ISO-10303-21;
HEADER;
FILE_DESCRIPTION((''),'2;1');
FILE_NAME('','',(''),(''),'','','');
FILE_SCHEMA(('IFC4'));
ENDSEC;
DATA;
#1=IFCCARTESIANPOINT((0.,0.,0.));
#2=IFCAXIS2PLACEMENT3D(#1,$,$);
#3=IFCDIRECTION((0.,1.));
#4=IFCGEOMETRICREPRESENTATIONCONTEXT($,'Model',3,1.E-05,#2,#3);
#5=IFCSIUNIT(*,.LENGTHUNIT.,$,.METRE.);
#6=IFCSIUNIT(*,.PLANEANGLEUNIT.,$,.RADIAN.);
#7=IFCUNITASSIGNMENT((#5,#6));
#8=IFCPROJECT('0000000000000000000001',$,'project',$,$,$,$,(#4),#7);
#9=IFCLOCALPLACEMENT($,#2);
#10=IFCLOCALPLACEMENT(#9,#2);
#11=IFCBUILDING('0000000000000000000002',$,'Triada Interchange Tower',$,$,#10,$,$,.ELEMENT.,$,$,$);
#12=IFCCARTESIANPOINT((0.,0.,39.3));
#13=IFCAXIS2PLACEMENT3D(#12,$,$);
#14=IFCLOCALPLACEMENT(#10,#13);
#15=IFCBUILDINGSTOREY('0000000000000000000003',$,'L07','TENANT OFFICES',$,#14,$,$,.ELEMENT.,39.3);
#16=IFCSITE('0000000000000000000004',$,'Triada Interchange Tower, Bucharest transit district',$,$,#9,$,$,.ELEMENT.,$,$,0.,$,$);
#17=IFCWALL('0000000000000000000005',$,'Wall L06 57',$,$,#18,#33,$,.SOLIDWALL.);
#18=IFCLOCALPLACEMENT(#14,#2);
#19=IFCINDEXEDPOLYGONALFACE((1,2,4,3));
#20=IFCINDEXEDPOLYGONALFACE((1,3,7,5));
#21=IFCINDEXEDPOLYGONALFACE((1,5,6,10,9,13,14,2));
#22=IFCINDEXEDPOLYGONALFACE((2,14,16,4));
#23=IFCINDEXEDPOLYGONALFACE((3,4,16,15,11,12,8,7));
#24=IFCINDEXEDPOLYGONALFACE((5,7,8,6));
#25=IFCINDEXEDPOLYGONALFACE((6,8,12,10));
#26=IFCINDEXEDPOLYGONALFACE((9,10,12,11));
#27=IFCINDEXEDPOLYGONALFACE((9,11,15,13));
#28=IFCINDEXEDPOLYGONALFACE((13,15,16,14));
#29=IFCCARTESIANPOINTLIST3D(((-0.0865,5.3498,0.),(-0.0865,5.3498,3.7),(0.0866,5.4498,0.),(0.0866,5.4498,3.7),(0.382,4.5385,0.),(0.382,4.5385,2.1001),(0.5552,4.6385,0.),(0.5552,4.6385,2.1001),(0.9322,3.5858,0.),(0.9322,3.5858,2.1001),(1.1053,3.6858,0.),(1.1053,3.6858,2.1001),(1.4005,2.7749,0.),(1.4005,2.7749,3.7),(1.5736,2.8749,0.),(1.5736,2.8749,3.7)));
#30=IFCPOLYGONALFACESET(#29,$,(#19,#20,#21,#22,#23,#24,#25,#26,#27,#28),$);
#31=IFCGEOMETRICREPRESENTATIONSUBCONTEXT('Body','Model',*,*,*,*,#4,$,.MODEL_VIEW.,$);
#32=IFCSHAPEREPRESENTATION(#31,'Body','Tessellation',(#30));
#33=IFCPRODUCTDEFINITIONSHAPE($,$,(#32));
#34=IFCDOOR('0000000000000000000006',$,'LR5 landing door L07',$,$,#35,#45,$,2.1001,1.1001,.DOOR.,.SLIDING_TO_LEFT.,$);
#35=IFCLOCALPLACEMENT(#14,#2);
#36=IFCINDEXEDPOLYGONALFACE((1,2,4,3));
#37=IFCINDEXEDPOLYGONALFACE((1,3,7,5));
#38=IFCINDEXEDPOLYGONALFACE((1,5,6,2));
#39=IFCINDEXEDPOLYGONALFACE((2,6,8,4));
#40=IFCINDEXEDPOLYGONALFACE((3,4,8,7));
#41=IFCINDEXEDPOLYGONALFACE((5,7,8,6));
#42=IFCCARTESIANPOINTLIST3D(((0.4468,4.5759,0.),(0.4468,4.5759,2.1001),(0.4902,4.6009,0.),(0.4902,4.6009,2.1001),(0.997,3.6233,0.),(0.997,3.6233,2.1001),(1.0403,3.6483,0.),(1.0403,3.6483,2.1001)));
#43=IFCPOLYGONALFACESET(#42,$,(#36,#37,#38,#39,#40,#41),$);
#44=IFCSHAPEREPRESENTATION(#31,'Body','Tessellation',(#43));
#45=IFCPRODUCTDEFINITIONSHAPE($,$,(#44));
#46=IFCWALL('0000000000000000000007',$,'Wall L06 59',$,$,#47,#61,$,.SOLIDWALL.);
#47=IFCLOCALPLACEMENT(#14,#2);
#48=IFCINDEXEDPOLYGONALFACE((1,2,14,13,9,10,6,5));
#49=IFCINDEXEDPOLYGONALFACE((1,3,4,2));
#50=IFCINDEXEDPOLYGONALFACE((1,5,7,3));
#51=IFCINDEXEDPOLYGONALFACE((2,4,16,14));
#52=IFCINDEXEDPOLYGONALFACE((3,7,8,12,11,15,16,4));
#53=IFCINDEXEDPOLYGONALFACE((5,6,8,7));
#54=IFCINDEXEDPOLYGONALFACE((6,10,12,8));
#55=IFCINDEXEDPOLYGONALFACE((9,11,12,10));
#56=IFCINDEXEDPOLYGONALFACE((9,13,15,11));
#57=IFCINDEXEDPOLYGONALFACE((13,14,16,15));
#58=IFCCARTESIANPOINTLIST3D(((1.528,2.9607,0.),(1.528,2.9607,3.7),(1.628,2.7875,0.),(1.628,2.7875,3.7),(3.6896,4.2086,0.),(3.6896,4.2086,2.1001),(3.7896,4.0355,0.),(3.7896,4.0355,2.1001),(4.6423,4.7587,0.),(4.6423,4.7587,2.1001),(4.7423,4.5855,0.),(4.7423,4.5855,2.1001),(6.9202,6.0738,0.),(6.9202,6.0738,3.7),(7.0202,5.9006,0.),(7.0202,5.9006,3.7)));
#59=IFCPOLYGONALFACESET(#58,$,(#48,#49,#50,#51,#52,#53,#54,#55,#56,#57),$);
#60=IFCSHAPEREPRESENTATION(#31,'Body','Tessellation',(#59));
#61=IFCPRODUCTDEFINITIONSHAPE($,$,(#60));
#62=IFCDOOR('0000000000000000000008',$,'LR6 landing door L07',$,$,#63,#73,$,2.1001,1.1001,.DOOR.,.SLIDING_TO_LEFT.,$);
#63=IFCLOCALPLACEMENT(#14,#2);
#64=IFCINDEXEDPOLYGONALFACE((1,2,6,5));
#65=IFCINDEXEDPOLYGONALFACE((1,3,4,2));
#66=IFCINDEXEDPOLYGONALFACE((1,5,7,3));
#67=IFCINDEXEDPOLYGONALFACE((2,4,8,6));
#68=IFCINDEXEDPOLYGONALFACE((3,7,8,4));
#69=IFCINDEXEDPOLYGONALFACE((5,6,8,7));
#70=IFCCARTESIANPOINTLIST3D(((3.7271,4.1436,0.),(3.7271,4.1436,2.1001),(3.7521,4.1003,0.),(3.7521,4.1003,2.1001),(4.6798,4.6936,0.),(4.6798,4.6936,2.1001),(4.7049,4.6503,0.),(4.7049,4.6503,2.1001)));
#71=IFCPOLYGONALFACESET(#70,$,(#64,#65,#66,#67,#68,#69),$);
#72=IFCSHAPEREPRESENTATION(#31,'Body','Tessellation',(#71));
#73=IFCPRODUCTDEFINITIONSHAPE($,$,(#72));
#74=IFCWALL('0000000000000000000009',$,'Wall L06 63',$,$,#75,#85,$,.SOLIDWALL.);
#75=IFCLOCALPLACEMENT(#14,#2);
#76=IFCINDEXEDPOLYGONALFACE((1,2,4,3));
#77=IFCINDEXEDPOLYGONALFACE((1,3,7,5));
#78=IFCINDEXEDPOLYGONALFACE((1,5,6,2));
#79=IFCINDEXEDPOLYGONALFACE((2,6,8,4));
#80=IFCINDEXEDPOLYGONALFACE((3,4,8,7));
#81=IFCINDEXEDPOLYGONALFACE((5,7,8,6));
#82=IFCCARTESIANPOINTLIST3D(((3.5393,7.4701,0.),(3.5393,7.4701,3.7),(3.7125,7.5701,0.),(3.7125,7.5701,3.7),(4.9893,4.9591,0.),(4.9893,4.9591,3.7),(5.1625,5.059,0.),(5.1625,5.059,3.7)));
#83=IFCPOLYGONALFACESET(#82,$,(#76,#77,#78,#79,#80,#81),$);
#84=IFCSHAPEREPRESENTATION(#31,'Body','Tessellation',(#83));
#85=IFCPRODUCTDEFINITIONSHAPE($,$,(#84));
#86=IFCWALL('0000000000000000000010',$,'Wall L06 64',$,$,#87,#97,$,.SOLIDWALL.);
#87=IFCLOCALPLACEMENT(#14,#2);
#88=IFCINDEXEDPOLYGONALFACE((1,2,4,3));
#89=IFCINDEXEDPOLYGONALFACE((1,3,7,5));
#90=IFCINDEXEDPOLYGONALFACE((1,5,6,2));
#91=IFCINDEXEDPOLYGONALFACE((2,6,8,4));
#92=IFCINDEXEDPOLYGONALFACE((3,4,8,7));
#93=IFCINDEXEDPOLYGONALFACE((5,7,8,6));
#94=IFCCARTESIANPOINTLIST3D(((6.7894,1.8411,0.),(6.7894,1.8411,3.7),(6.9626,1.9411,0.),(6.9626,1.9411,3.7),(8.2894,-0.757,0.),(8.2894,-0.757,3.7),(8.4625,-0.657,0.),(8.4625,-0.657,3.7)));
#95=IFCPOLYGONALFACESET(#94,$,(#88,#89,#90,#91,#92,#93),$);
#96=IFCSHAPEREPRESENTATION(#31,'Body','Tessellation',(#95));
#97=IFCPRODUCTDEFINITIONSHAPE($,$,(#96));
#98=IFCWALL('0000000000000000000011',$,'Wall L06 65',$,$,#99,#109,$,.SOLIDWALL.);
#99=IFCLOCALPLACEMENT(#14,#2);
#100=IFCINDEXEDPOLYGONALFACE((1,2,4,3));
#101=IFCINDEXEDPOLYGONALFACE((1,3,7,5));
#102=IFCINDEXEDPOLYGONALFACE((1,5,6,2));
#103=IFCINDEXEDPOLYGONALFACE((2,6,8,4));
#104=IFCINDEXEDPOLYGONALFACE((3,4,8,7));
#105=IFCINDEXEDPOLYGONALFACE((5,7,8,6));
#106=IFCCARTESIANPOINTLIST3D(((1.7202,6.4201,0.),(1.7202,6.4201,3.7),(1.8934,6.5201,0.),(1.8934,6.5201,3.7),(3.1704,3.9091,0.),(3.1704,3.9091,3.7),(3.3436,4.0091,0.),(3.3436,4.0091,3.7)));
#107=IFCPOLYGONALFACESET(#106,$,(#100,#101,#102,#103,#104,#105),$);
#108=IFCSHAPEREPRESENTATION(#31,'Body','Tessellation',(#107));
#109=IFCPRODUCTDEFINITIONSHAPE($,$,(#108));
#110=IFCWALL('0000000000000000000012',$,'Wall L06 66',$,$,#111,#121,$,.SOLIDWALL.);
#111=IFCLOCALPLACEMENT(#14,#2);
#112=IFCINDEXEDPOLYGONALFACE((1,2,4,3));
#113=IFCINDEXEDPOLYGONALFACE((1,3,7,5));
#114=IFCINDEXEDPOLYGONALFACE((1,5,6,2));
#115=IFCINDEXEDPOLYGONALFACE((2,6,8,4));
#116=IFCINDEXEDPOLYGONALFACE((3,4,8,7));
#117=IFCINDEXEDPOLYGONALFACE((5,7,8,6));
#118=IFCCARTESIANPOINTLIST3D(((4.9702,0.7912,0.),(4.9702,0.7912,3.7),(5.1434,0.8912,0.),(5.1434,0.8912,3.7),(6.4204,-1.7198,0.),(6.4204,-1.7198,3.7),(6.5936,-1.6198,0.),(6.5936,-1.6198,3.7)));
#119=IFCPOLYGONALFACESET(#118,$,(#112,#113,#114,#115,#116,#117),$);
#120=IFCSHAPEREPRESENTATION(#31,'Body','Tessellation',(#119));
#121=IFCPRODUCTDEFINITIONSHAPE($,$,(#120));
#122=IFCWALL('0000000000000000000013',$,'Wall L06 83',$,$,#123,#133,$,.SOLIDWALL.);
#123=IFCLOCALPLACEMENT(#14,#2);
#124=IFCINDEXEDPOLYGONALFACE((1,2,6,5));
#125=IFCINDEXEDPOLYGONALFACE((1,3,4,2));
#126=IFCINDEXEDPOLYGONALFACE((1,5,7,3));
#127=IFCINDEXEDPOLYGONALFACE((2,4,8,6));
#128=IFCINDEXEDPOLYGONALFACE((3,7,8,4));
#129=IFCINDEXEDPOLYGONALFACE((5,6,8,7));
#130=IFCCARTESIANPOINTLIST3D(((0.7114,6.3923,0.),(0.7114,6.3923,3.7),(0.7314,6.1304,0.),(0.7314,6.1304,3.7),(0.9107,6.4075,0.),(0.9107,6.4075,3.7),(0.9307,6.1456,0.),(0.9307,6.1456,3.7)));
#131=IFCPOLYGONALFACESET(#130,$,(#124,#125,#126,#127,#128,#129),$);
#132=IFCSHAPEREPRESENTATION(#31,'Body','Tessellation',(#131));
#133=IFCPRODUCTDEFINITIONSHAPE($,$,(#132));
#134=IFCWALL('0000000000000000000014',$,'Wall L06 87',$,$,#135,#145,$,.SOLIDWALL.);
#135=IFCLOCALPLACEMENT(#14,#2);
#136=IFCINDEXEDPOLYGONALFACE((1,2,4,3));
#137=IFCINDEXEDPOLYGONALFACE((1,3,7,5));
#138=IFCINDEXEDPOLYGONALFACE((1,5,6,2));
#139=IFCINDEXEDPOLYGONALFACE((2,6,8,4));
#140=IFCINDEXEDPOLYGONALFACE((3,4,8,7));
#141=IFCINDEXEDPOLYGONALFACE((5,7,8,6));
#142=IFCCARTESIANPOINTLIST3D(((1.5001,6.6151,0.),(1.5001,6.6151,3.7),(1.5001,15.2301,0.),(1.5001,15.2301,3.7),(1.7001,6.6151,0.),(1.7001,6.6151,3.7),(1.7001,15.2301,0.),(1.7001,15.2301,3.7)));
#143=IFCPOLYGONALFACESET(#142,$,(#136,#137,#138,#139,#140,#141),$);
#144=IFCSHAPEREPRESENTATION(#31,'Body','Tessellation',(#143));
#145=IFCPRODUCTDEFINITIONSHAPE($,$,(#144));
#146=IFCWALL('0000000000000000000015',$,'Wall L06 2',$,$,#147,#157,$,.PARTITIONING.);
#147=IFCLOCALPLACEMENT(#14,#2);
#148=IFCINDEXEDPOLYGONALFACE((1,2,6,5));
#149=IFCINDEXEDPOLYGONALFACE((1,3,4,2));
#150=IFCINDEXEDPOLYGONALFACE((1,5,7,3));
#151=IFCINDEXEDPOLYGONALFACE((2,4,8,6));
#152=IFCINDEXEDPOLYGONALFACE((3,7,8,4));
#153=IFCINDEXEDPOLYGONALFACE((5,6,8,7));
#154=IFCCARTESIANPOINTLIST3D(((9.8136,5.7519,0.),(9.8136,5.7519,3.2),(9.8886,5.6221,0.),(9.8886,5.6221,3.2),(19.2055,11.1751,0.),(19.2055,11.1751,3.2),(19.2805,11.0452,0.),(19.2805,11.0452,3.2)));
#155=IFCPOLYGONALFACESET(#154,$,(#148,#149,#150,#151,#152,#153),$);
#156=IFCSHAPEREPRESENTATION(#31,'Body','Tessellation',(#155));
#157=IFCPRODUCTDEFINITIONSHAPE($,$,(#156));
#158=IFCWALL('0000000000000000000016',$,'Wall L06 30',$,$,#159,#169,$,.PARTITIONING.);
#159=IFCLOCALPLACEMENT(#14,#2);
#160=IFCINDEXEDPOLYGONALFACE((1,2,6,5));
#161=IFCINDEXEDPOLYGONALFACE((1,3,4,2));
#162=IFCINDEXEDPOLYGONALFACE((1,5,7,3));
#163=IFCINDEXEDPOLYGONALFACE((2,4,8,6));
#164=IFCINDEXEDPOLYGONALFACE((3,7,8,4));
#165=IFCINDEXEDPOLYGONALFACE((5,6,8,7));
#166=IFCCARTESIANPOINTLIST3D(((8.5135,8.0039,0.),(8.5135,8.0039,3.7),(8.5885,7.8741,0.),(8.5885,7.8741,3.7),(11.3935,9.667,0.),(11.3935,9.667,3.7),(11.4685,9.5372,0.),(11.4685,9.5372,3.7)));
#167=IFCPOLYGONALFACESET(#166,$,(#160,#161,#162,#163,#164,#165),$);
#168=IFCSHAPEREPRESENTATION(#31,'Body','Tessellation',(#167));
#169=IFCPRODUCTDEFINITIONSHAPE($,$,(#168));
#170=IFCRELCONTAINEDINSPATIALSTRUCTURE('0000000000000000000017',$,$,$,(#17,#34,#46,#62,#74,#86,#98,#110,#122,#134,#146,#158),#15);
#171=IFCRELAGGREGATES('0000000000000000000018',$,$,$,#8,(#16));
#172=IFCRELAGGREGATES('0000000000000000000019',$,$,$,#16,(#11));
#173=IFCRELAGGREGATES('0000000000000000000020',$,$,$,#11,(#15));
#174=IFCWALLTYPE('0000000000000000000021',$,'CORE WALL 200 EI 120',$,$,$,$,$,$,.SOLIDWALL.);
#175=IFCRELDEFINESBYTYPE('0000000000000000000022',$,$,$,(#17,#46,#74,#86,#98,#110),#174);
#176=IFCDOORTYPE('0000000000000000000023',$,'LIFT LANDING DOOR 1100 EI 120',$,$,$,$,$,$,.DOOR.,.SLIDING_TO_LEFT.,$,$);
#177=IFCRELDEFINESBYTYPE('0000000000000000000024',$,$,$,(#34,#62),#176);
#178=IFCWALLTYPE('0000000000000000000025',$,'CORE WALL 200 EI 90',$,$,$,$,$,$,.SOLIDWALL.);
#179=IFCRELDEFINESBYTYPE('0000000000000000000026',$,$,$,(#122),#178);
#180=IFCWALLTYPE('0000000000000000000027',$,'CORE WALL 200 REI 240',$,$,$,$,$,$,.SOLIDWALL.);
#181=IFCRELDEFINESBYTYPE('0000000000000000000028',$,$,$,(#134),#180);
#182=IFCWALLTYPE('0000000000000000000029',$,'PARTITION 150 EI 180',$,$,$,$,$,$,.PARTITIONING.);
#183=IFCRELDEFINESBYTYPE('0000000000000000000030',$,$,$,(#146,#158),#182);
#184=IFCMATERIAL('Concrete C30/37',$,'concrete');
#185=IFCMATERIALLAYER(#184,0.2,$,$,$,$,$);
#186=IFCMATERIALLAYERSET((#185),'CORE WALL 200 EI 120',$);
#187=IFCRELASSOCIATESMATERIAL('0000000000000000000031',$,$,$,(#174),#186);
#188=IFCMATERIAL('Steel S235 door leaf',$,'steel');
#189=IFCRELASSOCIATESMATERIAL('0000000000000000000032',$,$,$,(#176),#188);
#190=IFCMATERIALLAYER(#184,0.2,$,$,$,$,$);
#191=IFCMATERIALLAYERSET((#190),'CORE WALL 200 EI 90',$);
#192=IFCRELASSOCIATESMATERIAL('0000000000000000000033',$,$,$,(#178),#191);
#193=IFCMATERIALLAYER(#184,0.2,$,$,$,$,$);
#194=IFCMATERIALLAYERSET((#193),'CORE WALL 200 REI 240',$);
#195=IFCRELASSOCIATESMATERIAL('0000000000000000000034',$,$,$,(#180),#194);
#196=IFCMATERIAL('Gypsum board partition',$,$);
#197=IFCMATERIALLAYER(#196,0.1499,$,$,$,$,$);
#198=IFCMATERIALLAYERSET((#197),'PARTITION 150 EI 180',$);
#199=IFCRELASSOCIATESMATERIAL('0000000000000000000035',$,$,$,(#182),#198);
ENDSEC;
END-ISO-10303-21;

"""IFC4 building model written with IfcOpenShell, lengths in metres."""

from ifc_helpers import new_model, si_unit, direction, frame, frame_2d, origin, place, context, subcontext, project, spatial, rectangle, extrude, material, layer, layer_set, type_object, element, fill, save


model = new_model("IFC4")

# Units and contexts
model_context = context("Model", 3, precision=1e-05, world=origin(), true_north=direction((0.0, 1.0)))
body_context = subcontext(model_context, "Body", "Model", "MODEL_VIEW")
ifc_project = project(units=[si_unit("LENGTHUNIT", "METRE"), si_unit("PLANEANGLEUNIT", "RADIAN")], contexts=[model_context])

# Site, building, storey
site_placement = place(None, origin())
site = spatial("IfcSite", under=ifc_project, at=site_placement, Name="Triada Interchange Tower, Bucharest transit district", CompositionType="ELEMENT", RefElevation=0.0)
building_placement = place(site_placement, origin())
building = spatial("IfcBuilding", under=site, at=building_placement, Name="Triada Interchange Tower", CompositionType="ELEMENT")
storey_placement = place(building_placement, frame((0.0, 0.0, 39.3)))
storey = spatial("IfcBuildingStorey", under=building, at=storey_placement, Name="L07", Description="TENANT OFFICES", CompositionType="ELEMENT", Elevation=39.3)

# Walls, openings, doors
ifc_material_1 = material(Name="Concrete C30/37", Category="concrete")
ifc_layer_1 = layer(ifc_material_1, 0.2)
ifc_layer_set_1 = layer_set([ifc_layer_1], Name="CORE WALL 200 EI 120")
wall_type_1 = type_object("IfcWallType", Name="CORE WALL 200 EI 120", PredefinedType="SOLIDWALL", material=ifc_layer_set_1)
wall_1_placement = place(storey_placement, frame((0.0, 5.3999, 0.0), z_axis=(0.0, 0.0, 1.0), x_axis=(0.500104, -0.865965, 0.0)))
wall_1 = element("IfcWall", 1, at=wall_1_placement, inside=storey, type_object=wall_type_1, Name="Wall L06 57", PredefinedType="SOLIDWALL", context=body_context, shape_type="SweptSolid", body=[
    extrude(rectangle(XDim=2.9734, YDim=0.2, at=frame_2d((1.4868, 0.0))), origin(), (0.0, 0.0, 1.0), 3.7),
])
opening_1_placement = place(wall_1_placement, frame((0.937, 0.0, 0.0)))
opening_1 = element("IfcOpeningElement", 2, at=opening_1_placement, cuts=wall_1, PredefinedType="OPENING", context=body_context, shape_type="SweptSolid", body=[
    extrude(rectangle(XDim=1.1001, YDim=2.1001, at=frame_2d((0.55, 1.05))), frame((0.0, 0.1099, 0.0), z_axis=(0.0, -1.0, 0.0), x_axis=(1.0, 0.0, 0.0)), (0.0, 0.0, 1.0), 0.22),
])
ifc_material_2 = material(Name="Steel S235 door leaf", Category="steel")
door_type_1 = type_object("IfcDoorType", Name="LIFT LANDING DOOR 1100 EI 120", OperationType="SLIDING_TO_LEFT", PredefinedType="DOOR", material=ifc_material_2)
door_1_placement = place(opening_1_placement, origin())
door_1 = element("IfcDoor", 3, at=door_1_placement, inside=storey, type_object=door_type_1, Name="LR5 landing door L07", OperationType="SLIDING_TO_LEFT", OverallHeight=2.1001, OverallWidth=1.1001, PredefinedType="DOOR", context=body_context, shape_type="SweptSolid", body=[
    extrude(rectangle(XDim=1.1001, YDim=2.1001, at=frame_2d((0.55, 1.05))), frame((0.0, 0.0249, 0.0), z_axis=(0.0, -1.0, 0.0), x_axis=(1.0, 0.0, 0.0)), (0.0, 0.0, 1.0), 0.05),
])
fill(opening_1, door_1)
wall_2_placement = place(storey_placement, frame((1.5779, 2.874, 0.0), z_axis=(0.0, 0.0, 1.0), x_axis=(0.866031, 0.499989, 0.0)))
wall_2 = element("IfcWall", 4, at=wall_2_placement, inside=storey, type_object=wall_type_1, Name="Wall L06 59", PredefinedType="SOLIDWALL", context=body_context, shape_type="SweptSolid", body=[
    extrude(rectangle(XDim=6.2263, YDim=0.2, at=frame_2d((3.1133, 0.0))), origin(), (0.0, 0.0, 1.0), 3.7),
])
opening_2_placement = place(wall_2_placement, frame((2.4961, 0.0, 0.0)))
opening_2 = element("IfcOpeningElement", 5, at=opening_2_placement, cuts=wall_2, PredefinedType="OPENING", context=body_context, shape_type="SweptSolid", body=[
    extrude(rectangle(XDim=1.1001, YDim=2.1001, at=frame_2d((0.55, 1.05))), frame((0.0, 0.1099, 0.0), z_axis=(0.0, -1.0, 0.0), x_axis=(1.0, 0.0, 0.0)), (0.0, 0.0, 1.0), 0.22),
])
door_2_placement = place(opening_2_placement, origin())
door_2 = element("IfcDoor", 6, at=door_2_placement, inside=storey, type_object=door_type_1, Name="LR6 landing door L07", OperationType="SLIDING_TO_LEFT", OverallHeight=2.1001, OverallWidth=1.1001, PredefinedType="DOOR", context=body_context, shape_type="SweptSolid", body=[
    extrude(rectangle(XDim=1.1001, YDim=2.1001, at=frame_2d((0.55, 1.05))), frame((0.0, 0.0249, 0.0), z_axis=(0.0, -1.0, 0.0), x_axis=(1.0, 0.0, 0.0)), (0.0, 0.0, 1.0), 0.05),
])
fill(opening_2, door_2)

# Walls
wall_3_placement = place(storey_placement, frame((3.626, 7.52, 0.0), z_axis=(0.0, 0.0, 1.0), x_axis=(0.50006, -0.865991, 0.0)))
element("IfcWall", 7, at=wall_3_placement, inside=storey, type_object=wall_type_1, Name="Wall L06 63", PredefinedType="SOLIDWALL", context=body_context, shape_type="SweptSolid", body=[
    extrude(rectangle(XDim=2.8997, YDim=0.2, at=frame_2d((1.4497, 0.0))), origin(), (0.0, 0.0, 1.0), 3.7),
])
wall_4_placement = place(storey_placement, frame((6.876, 1.8911, 0.0), z_axis=(0.0, 0.0, 1.0), x_axis=(0.49999, -0.866031, 0.0)))
element("IfcWall", 8, at=wall_4_placement, inside=storey, type_object=wall_type_1, Name="Wall L06 64", PredefinedType="SOLIDWALL", context=body_context, shape_type="SweptSolid", body=[
    extrude(rectangle(XDim=3.0, YDim=0.2, at=frame_2d((1.5, 0.0))), origin(), (0.0, 0.0, 1.0), 3.7),
])
for number, where, z_axis, x_axis, name in (
    (9, (1.8069, 6.47, 0.0), (0.0, 0.0, 1.0), (0.500123, -0.865954, 0.0), "Wall L06 65"),
    (10, (5.0569, 0.8411, 0.0), (0.0, 0.0, 1.0), (0.500123, -0.865954, 0.0), "Wall L06 66"),
):
    element("IfcWall", number, at=place(storey_placement, frame(where, z_axis=z_axis, x_axis=x_axis)), inside=storey, type_object=wall_type_1, Name=name, PredefinedType="SOLIDWALL", context=body_context, shape_type="SweptSolid", body=[
        extrude(rectangle(XDim=2.8997, YDim=0.2, at=frame_2d((1.4497, 0.0))), origin(), (0.0, 0.0, 1.0), 3.7),
    ])
ifc_layer_2 = layer(ifc_material_1, 0.2)
ifc_layer_set_2 = layer_set([ifc_layer_2], Name="CORE WALL 200 EI 90")
wall_type_2 = type_object("IfcWallType", Name="CORE WALL 200 EI 90", PredefinedType="SOLIDWALL", material=ifc_layer_set_2)
wall_5_placement = place(storey_placement, frame((0.811, 6.3999, 0.0), z_axis=(0.0, 0.0, 1.0), x_axis=(0.076199, -0.997093, 0.0)))
element("IfcWall", 11, at=wall_5_placement, inside=storey, type_object=wall_type_2, Name="Wall L06 83", PredefinedType="SOLIDWALL", context=body_context, shape_type="SweptSolid", body=[
    extrude(rectangle(XDim=0.2627, YDim=0.2, at=frame_2d((0.1313, 0.0))), origin(), (0.0, 0.0, 1.0), 3.7),
])
ifc_layer_3 = layer(ifc_material_1, 0.2)
ifc_layer_set_3 = layer_set([ifc_layer_3], Name="CORE WALL 200 REI 240")
wall_type_3 = type_object("IfcWallType", Name="CORE WALL 200 REI 240", PredefinedType="SOLIDWALL", material=ifc_layer_set_3)
wall_6_placement = place(storey_placement, frame((1.6001, 6.615, 0.0), z_axis=(0.0, 0.0, 1.0), x_axis=(0.0, 1.0, 0.0)))
element("IfcWall", 12, at=wall_6_placement, inside=storey, type_object=wall_type_3, Name="Wall L06 87", PredefinedType="SOLIDWALL", context=body_context, shape_type="SweptSolid", body=[
    extrude(rectangle(XDim=8.615, YDim=0.2, at=frame_2d((4.3076, 0.0))), origin(), (0.0, 0.0, 1.0), 3.7),
])
ifc_material_3 = material(Name="Gypsum board partition")
ifc_layer_4 = layer(ifc_material_3, 0.1499)
ifc_layer_set_4 = layer_set([ifc_layer_4], Name="PARTITION 150 EI 180")
wall_type_4 = type_object("IfcWallType", Name="PARTITION 150 EI 180", PredefinedType="PARTITIONING", material=ifc_layer_set_4)
wall_7_placement = place(storey_placement, frame((9.8511, 5.687, 0.0), z_axis=(0.0, 0.0, 1.0), x_axis=(0.865997, 0.500049, 0.0)))
element("IfcWall", 13, at=wall_7_placement, inside=storey, type_object=wall_type_4, Name="Wall L06 2", PredefinedType="PARTITIONING", context=body_context, shape_type="SweptSolid", body=[
    extrude(rectangle(XDim=10.8452, YDim=0.1499, at=frame_2d((5.4226, 0.0))), origin(), (0.0, 0.0, 1.0), 3.2),
])
wall_8_placement = place(storey_placement, frame((8.551, 7.939, 0.0), z_axis=(0.0, 0.0, 1.0), x_axis=(0.865975, 0.500087, 0.0)))
element("IfcWall", 14, at=wall_8_placement, inside=storey, type_object=wall_type_4, Name="Wall L06 30", PredefinedType="PARTITIONING", context=body_context, shape_type="SweptSolid", body=[
    extrude(rectangle(XDim=3.3257, YDim=0.1499, at=frame_2d((1.6628, 0.0))), origin(), (0.0, 0.0, 1.0), 3.7),
])

save(model, "model.ifc")
